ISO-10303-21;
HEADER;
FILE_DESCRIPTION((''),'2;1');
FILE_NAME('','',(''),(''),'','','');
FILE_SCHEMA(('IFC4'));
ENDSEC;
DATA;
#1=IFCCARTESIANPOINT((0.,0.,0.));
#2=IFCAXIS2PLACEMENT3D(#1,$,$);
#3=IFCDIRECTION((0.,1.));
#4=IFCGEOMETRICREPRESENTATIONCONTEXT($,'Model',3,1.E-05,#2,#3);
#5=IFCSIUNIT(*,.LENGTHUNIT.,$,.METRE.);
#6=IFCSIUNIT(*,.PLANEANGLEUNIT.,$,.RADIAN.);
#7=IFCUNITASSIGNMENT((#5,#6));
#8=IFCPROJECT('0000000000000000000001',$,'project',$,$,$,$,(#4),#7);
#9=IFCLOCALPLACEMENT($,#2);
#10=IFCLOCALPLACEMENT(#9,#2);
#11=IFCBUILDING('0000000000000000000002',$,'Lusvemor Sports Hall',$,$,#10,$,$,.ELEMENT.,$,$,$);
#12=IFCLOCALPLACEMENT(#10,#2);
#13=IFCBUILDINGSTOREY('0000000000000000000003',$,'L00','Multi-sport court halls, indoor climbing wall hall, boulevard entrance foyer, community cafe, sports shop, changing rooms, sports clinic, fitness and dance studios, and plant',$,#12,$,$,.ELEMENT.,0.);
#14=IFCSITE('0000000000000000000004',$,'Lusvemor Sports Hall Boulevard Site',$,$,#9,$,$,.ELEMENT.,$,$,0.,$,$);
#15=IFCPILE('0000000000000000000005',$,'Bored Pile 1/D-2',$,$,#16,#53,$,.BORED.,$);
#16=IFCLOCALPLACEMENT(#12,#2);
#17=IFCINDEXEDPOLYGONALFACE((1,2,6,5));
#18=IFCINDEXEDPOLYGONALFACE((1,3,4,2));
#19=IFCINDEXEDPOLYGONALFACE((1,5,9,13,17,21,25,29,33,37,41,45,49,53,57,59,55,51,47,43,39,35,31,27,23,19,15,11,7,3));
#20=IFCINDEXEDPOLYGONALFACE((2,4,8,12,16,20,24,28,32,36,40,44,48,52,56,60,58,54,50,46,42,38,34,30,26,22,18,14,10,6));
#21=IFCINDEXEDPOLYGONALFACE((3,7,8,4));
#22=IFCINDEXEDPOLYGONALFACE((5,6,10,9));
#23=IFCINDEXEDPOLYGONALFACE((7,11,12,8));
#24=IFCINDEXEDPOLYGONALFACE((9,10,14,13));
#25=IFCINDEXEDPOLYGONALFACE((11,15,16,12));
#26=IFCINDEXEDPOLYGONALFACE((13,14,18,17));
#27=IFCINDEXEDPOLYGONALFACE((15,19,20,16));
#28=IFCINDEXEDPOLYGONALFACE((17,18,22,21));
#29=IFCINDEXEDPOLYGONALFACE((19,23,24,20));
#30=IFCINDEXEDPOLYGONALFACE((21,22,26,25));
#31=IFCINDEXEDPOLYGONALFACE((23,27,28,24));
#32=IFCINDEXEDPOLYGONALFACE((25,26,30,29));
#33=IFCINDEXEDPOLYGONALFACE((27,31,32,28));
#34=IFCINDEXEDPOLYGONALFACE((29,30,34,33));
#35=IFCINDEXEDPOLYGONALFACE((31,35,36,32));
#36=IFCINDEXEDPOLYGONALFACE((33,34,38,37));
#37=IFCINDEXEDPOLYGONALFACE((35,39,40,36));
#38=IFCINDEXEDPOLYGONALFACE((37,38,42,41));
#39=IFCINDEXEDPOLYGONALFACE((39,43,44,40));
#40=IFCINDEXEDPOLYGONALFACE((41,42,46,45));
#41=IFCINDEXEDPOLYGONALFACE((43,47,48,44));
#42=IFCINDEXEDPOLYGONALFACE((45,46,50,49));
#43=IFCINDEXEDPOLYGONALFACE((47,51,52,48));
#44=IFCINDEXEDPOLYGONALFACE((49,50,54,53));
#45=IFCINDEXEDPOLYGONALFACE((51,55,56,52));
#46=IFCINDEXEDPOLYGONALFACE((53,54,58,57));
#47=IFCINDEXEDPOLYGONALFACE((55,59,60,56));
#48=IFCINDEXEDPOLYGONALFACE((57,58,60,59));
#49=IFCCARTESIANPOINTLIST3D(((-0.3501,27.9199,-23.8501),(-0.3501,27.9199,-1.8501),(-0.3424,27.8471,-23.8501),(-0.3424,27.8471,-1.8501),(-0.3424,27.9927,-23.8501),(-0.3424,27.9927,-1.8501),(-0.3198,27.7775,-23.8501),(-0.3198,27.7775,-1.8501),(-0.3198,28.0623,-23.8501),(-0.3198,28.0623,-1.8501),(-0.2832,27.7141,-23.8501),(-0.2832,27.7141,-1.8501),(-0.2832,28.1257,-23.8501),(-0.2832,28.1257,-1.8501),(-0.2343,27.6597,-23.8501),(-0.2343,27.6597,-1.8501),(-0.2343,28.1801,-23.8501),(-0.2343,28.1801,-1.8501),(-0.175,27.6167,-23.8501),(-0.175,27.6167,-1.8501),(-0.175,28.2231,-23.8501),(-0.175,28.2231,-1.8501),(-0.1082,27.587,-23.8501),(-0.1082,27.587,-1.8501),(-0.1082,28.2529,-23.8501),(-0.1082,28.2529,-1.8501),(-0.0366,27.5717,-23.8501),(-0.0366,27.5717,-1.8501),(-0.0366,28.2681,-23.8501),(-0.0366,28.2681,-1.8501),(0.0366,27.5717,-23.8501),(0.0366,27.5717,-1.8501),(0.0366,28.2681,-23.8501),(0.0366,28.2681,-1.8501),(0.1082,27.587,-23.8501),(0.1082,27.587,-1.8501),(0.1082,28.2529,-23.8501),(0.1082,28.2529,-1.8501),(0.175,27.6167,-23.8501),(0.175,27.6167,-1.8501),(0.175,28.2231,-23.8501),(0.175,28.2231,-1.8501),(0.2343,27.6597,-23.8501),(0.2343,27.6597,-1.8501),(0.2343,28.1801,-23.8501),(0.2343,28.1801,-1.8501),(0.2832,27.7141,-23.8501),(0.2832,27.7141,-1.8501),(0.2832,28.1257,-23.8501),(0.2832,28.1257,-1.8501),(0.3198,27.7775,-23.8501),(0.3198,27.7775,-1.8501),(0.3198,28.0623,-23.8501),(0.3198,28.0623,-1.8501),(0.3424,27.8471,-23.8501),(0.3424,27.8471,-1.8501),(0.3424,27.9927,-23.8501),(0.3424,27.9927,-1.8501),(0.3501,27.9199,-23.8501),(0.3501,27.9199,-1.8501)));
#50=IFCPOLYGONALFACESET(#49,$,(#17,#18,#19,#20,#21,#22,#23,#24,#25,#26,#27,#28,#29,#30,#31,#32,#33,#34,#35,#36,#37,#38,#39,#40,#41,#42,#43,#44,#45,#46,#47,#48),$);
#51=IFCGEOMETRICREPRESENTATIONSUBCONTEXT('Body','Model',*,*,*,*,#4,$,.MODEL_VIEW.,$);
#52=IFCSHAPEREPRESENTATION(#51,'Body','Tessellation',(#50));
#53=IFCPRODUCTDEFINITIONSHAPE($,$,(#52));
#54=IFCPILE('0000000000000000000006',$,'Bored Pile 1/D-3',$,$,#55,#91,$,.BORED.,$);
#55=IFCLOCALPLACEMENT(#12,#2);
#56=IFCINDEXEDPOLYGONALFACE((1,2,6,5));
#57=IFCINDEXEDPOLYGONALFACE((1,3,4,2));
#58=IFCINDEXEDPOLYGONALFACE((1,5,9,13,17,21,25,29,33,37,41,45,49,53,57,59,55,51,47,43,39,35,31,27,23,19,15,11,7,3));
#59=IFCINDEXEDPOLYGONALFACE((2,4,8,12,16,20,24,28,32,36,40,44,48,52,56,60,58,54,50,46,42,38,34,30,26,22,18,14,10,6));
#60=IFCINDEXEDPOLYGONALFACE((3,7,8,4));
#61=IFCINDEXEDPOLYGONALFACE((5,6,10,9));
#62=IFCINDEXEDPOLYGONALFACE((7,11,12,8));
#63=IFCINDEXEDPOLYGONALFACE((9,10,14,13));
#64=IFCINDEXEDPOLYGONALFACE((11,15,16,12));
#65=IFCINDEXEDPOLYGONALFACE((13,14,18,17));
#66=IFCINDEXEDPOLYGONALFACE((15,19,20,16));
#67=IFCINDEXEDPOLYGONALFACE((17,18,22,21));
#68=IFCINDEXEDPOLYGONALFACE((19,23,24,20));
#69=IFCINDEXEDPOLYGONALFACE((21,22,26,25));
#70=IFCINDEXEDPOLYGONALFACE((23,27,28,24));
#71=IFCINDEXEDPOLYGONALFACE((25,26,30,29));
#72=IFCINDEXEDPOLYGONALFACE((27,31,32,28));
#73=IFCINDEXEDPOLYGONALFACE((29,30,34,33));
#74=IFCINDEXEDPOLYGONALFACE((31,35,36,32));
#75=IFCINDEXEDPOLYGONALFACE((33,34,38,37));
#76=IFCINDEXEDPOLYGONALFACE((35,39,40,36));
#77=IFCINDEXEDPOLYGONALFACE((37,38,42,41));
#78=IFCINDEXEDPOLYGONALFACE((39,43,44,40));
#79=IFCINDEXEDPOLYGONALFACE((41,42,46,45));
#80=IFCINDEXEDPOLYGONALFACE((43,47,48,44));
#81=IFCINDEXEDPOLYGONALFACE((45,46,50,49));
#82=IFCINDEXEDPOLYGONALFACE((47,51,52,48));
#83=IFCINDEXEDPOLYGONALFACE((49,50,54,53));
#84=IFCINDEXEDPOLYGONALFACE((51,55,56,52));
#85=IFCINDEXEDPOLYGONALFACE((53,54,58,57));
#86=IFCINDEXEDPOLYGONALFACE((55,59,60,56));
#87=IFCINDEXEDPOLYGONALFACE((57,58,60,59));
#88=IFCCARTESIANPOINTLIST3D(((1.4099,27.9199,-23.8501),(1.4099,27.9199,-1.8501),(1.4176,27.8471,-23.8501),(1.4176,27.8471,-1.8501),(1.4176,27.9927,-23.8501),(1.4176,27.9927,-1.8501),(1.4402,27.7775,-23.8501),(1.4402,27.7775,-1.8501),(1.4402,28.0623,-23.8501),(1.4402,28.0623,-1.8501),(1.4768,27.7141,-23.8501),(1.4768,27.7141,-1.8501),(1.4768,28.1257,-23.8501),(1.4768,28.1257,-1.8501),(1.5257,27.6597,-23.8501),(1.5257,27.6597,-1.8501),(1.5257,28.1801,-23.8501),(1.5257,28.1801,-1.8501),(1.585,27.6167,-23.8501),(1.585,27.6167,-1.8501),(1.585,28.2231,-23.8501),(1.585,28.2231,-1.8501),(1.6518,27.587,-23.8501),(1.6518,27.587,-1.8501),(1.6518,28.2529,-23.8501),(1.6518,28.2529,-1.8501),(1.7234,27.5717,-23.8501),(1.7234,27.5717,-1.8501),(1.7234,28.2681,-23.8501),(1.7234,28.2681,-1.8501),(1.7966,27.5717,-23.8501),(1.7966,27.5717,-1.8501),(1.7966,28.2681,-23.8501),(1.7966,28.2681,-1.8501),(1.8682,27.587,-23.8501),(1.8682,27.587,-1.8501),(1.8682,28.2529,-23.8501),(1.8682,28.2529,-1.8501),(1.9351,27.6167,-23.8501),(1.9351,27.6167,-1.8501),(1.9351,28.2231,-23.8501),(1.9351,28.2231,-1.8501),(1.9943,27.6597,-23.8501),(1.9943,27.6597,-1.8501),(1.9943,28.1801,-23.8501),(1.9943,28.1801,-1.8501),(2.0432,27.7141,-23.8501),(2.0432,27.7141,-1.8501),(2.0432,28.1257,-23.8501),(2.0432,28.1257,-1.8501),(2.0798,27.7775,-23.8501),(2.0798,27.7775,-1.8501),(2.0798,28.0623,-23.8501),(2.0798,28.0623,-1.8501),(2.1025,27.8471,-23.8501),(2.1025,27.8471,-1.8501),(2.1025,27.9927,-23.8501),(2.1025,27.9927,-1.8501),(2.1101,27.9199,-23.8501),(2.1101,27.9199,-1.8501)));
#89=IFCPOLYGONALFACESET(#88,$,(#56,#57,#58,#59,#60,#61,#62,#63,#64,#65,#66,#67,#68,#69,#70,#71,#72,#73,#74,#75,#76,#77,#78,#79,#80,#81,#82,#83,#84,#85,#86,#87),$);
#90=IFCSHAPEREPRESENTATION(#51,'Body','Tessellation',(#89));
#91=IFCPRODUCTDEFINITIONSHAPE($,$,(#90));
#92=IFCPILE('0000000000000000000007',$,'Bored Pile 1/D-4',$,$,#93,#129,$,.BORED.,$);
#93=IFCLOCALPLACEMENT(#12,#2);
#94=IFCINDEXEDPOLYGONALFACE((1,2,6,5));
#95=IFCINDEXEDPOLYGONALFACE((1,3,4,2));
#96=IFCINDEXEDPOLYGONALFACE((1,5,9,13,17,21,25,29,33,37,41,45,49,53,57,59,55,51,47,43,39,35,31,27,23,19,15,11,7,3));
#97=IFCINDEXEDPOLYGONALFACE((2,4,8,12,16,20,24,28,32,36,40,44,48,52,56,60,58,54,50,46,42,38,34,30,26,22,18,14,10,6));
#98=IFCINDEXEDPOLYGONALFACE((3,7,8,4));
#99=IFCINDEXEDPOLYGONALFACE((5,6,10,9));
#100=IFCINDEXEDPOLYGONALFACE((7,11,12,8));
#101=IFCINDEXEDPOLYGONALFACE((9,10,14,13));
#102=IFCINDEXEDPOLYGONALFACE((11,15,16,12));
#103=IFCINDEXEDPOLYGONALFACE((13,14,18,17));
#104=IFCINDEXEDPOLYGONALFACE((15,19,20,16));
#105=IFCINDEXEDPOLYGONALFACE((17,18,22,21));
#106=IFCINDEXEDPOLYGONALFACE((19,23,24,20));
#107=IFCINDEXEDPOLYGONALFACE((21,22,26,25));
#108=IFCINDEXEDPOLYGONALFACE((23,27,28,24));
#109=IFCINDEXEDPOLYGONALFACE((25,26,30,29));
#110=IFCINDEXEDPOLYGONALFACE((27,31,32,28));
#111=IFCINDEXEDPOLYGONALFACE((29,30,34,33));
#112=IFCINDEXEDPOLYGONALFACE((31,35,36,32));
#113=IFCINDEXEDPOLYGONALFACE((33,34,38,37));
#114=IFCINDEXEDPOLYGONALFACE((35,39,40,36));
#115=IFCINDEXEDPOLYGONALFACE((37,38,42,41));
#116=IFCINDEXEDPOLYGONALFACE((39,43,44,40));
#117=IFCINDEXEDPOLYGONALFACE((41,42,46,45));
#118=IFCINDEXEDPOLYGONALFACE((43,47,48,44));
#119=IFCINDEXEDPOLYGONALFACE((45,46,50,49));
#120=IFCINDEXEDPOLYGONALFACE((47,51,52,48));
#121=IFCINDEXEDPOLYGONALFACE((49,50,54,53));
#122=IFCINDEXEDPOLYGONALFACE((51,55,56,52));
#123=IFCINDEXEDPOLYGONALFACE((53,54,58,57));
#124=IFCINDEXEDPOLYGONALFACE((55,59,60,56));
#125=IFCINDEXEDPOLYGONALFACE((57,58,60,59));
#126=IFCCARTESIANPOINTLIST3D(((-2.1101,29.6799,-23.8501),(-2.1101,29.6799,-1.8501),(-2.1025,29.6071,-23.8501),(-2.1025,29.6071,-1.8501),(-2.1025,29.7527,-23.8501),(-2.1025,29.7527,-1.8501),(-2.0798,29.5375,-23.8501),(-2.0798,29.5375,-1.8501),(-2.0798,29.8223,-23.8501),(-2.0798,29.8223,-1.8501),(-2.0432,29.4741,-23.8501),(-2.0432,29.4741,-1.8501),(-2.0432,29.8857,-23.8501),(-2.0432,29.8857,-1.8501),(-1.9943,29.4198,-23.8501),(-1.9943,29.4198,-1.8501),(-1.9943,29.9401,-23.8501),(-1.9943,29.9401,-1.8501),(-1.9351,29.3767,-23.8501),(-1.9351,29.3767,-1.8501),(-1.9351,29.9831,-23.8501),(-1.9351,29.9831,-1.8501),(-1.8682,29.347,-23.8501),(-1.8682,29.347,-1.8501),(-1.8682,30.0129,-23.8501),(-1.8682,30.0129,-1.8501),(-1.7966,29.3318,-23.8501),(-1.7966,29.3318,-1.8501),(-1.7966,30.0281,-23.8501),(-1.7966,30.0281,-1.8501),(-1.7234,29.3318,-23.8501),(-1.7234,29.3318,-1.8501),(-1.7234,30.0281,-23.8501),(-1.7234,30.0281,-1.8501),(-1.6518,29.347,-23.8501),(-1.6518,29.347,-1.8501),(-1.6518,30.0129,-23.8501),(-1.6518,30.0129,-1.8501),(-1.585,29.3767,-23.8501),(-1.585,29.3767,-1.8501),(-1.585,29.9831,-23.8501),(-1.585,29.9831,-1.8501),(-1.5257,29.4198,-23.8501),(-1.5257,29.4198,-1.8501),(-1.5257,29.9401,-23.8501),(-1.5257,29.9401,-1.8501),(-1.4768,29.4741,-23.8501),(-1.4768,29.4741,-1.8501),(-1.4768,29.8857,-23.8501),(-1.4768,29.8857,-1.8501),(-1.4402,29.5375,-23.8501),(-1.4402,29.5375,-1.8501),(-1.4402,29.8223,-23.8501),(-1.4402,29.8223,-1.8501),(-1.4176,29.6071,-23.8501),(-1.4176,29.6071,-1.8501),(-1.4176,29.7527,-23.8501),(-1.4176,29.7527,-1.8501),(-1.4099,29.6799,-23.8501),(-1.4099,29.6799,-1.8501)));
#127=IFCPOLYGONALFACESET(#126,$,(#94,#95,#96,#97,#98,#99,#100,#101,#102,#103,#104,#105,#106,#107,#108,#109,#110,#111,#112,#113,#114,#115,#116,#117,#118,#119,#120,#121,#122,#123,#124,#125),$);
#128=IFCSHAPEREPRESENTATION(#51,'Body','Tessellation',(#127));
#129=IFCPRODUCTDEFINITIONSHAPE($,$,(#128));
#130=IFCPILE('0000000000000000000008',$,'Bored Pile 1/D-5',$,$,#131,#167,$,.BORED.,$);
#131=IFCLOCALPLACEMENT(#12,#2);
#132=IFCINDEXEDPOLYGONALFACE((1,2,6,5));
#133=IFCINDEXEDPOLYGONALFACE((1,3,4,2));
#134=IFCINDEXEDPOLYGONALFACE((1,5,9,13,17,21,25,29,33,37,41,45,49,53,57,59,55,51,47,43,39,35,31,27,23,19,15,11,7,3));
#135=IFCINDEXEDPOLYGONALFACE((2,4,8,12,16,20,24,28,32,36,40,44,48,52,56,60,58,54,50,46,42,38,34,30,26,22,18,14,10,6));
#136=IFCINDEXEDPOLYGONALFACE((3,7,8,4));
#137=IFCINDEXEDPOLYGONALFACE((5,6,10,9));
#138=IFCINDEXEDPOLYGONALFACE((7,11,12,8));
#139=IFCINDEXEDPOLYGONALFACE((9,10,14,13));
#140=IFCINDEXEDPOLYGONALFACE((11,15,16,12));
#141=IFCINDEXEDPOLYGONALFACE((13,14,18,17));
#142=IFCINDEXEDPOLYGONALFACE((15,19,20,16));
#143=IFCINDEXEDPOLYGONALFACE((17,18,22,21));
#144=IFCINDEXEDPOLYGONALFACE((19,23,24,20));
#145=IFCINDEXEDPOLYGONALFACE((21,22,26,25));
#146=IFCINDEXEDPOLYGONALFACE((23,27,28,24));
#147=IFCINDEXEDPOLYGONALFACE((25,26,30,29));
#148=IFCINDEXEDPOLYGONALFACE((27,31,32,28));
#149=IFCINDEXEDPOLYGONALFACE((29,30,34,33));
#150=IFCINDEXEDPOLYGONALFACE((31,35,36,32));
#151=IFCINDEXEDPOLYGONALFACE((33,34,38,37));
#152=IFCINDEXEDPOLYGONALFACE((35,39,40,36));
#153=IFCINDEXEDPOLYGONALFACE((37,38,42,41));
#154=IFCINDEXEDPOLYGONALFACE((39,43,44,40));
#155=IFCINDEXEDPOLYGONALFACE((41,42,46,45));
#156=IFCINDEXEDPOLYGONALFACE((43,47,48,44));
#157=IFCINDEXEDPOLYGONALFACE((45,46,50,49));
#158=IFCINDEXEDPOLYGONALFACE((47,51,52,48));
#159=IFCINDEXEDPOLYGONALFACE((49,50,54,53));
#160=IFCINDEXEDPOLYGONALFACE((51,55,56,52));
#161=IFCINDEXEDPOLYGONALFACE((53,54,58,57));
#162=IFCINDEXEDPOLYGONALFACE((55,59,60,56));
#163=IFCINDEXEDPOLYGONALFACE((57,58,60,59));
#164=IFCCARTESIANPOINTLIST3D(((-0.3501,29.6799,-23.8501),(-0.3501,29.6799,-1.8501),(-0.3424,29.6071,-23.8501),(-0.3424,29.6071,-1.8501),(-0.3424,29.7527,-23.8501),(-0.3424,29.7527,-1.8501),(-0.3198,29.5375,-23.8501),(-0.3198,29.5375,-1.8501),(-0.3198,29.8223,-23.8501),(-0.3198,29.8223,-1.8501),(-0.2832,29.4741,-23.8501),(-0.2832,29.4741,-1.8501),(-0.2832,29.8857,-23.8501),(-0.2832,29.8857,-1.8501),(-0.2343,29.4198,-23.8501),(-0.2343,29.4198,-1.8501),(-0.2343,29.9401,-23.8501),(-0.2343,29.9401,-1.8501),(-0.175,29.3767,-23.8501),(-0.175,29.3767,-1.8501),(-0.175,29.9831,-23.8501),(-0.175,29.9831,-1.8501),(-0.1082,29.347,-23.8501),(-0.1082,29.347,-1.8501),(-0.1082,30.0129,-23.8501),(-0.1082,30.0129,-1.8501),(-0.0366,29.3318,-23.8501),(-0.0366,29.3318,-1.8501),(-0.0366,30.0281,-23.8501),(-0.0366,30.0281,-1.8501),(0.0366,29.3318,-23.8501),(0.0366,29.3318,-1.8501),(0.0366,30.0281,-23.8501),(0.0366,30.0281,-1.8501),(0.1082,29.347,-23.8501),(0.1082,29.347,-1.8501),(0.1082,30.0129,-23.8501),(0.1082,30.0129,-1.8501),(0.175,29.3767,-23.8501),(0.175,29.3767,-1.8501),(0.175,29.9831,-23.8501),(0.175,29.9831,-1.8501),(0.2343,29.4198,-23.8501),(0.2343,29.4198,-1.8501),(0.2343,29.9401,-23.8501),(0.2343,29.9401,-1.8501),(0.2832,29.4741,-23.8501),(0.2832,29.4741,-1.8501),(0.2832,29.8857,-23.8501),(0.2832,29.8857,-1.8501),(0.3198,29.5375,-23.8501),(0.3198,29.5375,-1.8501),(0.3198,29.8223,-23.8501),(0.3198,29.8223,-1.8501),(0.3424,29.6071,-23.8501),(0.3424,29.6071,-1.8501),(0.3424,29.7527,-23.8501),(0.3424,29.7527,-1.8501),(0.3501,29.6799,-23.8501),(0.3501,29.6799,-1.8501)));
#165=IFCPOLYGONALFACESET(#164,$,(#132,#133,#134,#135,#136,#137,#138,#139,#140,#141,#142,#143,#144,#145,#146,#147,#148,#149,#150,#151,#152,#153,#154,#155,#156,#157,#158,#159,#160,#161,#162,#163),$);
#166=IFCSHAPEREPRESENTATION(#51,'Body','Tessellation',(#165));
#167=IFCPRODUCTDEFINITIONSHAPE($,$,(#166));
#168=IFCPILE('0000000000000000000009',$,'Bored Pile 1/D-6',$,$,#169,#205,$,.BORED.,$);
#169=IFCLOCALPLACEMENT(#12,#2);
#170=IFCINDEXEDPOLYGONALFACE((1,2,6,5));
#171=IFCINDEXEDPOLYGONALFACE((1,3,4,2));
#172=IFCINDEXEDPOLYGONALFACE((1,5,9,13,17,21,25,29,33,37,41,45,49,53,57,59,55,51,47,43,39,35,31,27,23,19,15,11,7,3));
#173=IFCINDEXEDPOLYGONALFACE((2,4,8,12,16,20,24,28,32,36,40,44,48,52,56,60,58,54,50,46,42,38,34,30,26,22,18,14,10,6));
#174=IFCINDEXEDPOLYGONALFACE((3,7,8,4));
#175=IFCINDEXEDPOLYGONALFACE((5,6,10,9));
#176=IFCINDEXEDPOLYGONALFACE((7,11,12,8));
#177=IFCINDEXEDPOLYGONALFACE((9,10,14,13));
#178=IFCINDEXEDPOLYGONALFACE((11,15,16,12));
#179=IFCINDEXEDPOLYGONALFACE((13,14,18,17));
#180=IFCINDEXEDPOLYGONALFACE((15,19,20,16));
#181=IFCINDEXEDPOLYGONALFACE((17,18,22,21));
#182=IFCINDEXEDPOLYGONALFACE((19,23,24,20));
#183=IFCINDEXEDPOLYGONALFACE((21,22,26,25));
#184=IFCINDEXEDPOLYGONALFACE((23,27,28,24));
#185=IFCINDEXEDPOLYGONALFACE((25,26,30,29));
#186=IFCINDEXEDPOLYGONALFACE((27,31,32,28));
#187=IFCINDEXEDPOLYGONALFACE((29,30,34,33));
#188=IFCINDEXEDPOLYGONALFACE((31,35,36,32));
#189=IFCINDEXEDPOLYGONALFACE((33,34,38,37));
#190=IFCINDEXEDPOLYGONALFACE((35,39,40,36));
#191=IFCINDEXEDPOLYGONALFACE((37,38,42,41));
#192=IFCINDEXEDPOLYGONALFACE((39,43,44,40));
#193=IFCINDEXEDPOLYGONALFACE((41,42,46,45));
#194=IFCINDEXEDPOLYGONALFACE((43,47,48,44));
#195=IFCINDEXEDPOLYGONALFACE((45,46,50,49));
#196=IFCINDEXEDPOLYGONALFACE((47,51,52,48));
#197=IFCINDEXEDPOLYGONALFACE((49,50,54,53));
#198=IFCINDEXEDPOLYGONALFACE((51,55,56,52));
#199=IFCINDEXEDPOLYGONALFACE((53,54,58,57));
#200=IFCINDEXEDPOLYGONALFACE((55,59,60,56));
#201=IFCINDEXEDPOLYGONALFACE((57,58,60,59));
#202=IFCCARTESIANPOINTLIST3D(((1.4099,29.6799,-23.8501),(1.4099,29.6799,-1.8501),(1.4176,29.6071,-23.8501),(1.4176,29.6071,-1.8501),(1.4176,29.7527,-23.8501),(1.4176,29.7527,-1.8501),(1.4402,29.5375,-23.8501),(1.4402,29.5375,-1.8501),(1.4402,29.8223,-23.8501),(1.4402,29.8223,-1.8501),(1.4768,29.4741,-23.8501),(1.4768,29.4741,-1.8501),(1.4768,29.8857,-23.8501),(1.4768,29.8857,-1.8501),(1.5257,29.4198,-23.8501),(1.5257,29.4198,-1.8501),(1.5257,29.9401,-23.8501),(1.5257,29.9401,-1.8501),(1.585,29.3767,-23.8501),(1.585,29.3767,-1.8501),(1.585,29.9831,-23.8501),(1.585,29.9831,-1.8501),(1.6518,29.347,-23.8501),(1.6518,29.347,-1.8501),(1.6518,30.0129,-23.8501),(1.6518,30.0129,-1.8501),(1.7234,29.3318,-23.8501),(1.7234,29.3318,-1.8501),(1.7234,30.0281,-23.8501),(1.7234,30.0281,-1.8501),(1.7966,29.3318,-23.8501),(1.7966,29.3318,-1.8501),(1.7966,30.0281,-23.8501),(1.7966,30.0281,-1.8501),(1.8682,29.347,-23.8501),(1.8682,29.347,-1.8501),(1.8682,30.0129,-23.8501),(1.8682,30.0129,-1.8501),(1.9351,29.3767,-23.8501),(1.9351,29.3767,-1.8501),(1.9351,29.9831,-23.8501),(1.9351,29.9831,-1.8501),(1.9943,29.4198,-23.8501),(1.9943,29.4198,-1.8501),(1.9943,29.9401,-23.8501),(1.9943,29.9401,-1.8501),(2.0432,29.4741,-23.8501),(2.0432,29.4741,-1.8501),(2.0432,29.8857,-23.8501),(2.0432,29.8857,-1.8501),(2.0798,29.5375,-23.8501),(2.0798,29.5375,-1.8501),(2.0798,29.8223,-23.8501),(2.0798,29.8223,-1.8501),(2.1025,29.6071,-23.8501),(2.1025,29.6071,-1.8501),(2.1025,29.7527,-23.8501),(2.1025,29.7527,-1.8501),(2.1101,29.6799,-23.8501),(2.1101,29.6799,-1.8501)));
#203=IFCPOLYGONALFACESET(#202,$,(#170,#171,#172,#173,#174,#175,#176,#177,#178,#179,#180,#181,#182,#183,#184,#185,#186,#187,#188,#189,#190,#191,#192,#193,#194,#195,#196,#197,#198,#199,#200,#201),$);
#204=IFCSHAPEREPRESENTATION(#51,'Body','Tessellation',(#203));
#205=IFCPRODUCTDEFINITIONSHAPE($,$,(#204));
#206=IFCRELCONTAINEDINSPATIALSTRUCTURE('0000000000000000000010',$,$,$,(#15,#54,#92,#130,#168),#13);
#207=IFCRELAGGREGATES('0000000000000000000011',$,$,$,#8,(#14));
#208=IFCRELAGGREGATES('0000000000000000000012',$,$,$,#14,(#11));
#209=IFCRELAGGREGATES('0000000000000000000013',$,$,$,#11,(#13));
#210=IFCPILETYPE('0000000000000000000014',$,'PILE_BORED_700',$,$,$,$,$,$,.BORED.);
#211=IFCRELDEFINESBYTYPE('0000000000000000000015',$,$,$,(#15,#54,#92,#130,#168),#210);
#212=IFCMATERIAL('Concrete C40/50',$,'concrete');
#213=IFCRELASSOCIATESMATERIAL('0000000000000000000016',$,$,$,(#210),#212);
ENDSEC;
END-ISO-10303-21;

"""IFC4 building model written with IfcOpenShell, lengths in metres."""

from ifc_helpers import new_model, si_unit, direction, frame, origin, origin_2d, place, context, subcontext, project, spatial, circle, extrude, material, material_profile, profile_set, type_object, element, save


model = new_model("IFC4")

# Units and contexts
model_context = context("Model", 3, precision=1e-05, world=origin(), true_north=direction((0.0, 1.0)))
body_context = subcontext(model_context, "Body", "Model", "MODEL_VIEW")
ifc_project = project(units=[si_unit("LENGTHUNIT", "METRE"), si_unit("PLANEANGLEUNIT", "RADIAN")], contexts=[model_context])

# Site, building, storey
site_placement = place(None, origin())
site = spatial("IfcSite", under=ifc_project, at=site_placement, Name="Lusvemor Sports Hall Boulevard Site", CompositionType="ELEMENT", RefElevation=0.0)
building_placement = place(site_placement, origin())
building = spatial("IfcBuilding", under=site, at=building_placement, Name="Lusvemor Sports Hall", CompositionType="ELEMENT")
storey_placement = place(building_placement, origin())
storey = spatial("IfcBuildingStorey", under=building, at=storey_placement, Name="L00", Description="Multi-sport court halls, indoor climbing wall hall, boulevard entrance foyer, community cafe, sports shop, changing rooms, sports clinic, fitness and dance studios, and plant", CompositionType="ELEMENT", Elevation=0.0)

# Piles
ifc_material_1 = material(Name="Concrete C40/50", Category="concrete")
ifc_material_profile_1 = material_profile(ifc_material_1, circle(Radius=0.3501, at=origin_2d()), Name="PILE700")
ifc_profile_set_1 = profile_set([ifc_material_profile_1], Name="Concrete C40/50")
pile_type = type_object("IfcPileType", Name="PILE_BORED_700", PredefinedType="BORED", material=ifc_profile_set_1)
for number, where, z_axis, x_axis, name in (
    (1, (0.0, 27.9199, -1.8501), (0.0, 0.0, -1.0), (1.0, 0.0, 0.0), "Bored Pile 1/D-2"),
    (2, (1.76, 27.9199, -1.8501), (0.0, 0.0, -1.0), (1.0, 0.0, 0.0), "Bored Pile 1/D-3"),
    (3, (-1.76, 29.6799, -1.8501), (0.0, 0.0, -1.0), (1.0, 0.0, 0.0), "Bored Pile 1/D-4"),
    (4, (0.0, 29.6799, -1.8501), (0.0, 0.0, -1.0), (1.0, 0.0, 0.0), "Bored Pile 1/D-5"),
    (5, (1.76, 29.6799, -1.8501), (0.0, 0.0, -1.0), (1.0, 0.0, 0.0), "Bored Pile 1/D-6"),
):
    element("IfcPile", number, at=place(storey_placement, frame(where, z_axis=z_axis, x_axis=x_axis)), inside=storey, type_object=pile_type, Name=name, PredefinedType="BORED", context=body_context, shape_type="SweptSolid", body=[
        extrude(circle(Radius=0.3501, at=origin_2d()), origin(), (0.0, 0.0, 1.0), 22.0),
    ])

save(model, "model.ifc")
